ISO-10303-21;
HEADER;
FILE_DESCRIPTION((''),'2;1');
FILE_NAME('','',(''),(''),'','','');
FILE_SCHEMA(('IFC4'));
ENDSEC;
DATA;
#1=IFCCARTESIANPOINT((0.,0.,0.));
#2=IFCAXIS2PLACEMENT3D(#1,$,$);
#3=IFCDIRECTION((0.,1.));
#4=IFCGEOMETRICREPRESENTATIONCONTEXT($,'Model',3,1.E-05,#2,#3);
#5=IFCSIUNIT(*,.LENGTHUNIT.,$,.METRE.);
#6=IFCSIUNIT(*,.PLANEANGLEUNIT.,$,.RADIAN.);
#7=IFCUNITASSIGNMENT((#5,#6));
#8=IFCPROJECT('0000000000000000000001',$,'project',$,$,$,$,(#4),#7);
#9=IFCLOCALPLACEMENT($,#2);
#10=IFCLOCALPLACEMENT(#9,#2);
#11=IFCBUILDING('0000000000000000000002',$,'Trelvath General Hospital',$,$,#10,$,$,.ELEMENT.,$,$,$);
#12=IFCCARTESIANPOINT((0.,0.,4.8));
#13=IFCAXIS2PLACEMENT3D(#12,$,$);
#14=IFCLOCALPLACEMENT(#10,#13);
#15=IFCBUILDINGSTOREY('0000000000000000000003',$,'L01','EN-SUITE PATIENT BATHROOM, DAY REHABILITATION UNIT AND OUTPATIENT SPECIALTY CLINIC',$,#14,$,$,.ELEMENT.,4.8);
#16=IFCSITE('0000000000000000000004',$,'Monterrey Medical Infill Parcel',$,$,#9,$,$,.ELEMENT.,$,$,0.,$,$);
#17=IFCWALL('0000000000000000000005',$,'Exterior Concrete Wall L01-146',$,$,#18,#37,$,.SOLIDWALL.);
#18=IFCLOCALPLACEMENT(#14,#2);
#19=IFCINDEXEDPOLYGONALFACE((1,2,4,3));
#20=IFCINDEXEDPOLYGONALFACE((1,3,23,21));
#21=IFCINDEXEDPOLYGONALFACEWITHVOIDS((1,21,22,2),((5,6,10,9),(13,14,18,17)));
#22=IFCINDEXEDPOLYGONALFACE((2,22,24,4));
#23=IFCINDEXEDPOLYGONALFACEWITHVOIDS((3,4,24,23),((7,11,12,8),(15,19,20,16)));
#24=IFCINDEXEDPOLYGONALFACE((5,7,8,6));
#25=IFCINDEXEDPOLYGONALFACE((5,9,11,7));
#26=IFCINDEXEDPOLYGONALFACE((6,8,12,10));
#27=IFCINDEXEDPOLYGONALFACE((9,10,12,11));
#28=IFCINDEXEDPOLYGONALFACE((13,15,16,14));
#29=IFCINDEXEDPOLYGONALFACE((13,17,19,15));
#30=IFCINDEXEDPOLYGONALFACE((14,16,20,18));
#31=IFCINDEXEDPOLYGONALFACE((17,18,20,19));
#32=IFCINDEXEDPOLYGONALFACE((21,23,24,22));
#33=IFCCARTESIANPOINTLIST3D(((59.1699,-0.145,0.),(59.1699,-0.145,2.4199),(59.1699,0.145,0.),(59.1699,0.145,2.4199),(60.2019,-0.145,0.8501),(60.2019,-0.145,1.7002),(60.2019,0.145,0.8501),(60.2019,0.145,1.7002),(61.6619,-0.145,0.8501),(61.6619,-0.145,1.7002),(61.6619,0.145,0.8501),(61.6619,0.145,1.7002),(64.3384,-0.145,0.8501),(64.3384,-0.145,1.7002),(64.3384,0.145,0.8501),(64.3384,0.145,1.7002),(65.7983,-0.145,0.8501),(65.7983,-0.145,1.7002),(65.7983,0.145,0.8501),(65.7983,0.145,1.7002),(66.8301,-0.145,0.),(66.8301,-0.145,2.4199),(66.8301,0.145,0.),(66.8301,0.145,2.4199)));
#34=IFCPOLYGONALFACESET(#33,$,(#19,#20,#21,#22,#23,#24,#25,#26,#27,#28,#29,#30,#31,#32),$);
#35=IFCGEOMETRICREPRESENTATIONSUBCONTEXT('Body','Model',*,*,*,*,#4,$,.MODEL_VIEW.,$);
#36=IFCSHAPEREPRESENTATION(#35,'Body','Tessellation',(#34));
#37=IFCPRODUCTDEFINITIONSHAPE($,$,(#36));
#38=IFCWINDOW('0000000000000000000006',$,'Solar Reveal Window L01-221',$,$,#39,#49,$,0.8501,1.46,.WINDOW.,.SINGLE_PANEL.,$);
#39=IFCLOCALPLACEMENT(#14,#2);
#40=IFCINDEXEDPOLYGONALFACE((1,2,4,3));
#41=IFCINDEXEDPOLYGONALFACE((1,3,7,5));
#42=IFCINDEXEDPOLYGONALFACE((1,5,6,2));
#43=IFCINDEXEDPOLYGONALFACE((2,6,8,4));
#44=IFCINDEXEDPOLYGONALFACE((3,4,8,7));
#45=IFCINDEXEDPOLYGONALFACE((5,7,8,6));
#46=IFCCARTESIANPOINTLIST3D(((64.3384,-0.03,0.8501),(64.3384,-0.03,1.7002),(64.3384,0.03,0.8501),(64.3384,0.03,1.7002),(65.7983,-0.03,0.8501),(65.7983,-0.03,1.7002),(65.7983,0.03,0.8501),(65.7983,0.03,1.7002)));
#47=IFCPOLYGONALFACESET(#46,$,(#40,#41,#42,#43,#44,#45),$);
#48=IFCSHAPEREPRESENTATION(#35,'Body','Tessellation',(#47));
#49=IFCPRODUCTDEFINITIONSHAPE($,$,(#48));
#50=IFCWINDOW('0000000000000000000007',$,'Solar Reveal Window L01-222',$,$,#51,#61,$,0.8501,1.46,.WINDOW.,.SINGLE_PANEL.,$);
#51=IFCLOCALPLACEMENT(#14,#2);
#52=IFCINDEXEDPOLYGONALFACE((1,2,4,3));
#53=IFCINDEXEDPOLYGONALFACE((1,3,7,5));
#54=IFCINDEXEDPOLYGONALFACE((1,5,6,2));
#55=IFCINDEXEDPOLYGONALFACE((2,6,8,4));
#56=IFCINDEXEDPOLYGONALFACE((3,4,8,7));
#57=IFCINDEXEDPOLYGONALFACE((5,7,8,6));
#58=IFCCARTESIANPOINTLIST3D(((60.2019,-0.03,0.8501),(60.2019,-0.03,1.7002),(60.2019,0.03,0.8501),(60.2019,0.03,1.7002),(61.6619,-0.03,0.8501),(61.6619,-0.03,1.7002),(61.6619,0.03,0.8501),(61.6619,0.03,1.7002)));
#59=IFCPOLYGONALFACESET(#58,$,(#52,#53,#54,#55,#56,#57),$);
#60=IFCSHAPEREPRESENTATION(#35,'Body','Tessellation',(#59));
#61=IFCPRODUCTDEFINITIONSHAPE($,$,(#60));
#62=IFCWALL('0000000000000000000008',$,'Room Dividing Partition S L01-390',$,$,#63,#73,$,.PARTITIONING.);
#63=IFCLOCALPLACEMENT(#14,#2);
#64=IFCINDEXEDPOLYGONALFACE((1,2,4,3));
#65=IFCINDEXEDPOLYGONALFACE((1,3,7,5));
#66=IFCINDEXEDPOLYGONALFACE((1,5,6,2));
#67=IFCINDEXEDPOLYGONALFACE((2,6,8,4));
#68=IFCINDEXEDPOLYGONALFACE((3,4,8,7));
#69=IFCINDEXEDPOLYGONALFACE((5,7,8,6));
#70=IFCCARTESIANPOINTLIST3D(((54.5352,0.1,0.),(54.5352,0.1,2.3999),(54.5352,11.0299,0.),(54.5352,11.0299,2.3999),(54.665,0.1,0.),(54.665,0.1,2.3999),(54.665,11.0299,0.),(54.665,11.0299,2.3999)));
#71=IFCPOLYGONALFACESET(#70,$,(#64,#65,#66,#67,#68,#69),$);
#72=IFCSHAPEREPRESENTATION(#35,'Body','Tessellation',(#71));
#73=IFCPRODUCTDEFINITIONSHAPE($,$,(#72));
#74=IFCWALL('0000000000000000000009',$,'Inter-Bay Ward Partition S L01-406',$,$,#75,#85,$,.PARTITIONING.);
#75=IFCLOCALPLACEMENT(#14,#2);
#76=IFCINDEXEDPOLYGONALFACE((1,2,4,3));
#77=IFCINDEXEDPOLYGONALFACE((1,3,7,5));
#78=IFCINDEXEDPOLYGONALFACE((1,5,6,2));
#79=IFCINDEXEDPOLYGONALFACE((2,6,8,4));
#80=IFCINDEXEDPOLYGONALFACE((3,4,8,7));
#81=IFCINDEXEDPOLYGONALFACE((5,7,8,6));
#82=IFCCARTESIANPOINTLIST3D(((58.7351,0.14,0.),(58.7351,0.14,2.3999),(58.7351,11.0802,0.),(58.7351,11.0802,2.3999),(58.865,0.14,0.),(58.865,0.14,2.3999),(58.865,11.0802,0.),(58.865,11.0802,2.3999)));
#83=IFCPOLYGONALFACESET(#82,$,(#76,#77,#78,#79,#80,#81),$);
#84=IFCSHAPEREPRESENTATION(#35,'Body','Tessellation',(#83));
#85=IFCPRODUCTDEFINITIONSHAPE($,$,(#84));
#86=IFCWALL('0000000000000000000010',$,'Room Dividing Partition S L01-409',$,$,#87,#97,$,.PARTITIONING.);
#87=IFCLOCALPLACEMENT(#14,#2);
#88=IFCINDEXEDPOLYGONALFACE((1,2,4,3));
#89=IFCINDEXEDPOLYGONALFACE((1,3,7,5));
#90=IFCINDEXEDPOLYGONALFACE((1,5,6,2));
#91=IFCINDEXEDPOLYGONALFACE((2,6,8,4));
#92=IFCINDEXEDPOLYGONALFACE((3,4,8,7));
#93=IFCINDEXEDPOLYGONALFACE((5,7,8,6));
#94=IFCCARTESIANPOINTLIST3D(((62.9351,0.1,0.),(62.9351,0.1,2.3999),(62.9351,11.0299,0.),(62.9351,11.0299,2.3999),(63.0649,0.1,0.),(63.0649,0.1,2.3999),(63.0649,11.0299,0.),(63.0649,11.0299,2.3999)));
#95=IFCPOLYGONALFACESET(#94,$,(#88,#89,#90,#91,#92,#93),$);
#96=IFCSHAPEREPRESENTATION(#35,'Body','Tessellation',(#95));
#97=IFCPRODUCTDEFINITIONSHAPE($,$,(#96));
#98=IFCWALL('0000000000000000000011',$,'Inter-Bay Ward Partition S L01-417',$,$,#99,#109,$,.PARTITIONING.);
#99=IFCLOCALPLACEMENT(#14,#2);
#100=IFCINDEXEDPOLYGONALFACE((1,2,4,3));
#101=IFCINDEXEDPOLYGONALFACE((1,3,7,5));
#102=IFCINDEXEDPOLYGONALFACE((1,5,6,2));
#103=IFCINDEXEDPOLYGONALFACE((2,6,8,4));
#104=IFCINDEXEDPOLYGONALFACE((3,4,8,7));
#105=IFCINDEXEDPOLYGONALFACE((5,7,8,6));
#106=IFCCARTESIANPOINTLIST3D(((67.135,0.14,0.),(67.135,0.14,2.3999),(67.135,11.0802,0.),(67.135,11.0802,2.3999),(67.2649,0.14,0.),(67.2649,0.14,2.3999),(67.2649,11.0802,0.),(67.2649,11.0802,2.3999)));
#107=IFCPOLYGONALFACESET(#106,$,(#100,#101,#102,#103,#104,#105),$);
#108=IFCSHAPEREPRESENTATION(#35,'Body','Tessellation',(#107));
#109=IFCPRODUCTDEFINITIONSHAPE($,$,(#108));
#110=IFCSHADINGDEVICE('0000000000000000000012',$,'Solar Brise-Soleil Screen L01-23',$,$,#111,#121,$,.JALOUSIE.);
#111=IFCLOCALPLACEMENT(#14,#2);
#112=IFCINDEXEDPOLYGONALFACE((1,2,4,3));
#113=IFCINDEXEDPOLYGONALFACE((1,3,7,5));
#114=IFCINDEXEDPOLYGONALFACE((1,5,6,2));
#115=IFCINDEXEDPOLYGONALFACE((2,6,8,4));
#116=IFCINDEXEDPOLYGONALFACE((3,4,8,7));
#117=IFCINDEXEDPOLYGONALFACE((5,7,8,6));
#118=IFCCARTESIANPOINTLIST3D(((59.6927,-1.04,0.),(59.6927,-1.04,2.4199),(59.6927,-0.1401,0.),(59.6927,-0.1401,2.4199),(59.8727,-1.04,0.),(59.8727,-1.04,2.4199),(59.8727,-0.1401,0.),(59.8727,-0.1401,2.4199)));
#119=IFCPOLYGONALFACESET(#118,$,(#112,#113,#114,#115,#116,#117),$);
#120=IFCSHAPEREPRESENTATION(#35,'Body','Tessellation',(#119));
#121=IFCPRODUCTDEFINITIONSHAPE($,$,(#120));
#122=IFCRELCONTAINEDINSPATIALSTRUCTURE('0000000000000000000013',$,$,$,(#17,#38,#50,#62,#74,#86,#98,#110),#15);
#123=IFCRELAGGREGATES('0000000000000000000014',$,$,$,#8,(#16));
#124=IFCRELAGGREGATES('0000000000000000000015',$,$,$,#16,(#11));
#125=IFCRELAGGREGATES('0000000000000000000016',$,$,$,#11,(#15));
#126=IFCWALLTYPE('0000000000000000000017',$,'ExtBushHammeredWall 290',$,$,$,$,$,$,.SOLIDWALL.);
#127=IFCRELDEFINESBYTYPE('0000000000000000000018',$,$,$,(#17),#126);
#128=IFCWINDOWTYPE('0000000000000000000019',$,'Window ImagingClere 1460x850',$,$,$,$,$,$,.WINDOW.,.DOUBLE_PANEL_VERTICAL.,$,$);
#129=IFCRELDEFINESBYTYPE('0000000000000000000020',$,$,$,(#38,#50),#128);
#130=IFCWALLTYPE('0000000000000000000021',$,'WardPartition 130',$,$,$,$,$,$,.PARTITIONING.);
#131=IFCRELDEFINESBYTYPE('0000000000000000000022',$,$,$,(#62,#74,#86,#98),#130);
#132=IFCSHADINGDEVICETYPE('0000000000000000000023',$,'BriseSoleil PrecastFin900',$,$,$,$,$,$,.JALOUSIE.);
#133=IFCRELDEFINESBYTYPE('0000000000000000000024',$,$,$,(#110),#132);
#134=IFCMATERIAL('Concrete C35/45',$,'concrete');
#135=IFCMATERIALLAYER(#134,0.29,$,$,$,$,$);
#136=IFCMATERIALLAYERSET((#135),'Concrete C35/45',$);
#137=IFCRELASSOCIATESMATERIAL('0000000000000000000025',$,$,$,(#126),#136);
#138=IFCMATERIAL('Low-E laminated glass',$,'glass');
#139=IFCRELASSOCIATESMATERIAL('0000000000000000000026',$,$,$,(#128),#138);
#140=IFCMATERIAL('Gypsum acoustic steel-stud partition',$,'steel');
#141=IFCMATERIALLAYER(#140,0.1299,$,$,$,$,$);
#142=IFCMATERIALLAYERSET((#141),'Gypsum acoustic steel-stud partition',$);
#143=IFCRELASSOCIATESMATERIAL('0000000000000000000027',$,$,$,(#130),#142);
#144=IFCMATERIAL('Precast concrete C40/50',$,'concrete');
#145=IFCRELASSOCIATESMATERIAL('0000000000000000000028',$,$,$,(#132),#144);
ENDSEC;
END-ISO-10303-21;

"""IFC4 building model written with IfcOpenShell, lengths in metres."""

from ifc_helpers import new_model, si_unit, direction, frame, frame_2d, origin, origin_2d, place, context, subcontext, project, spatial, rectangle, extrude, material, layer, layer_set, type_object, element, fill, save


model = new_model("IFC4")

# Units and contexts
model_context = context("Model", 3, precision=1e-05, world=origin(), true_north=direction((0.0, 1.0)))
body_context = subcontext(model_context, "Body", "Model", "MODEL_VIEW")
ifc_project = project(units=[si_unit("LENGTHUNIT", "METRE"), si_unit("PLANEANGLEUNIT", "RADIAN")], contexts=[model_context])

# Site, building, storey
site_placement = place(None, origin())
site = spatial("IfcSite", under=ifc_project, at=site_placement, Name="Monterrey Medical Infill Parcel", CompositionType="ELEMENT", RefElevation=0.0)
building_placement = place(site_placement, origin())
building = spatial("IfcBuilding", under=site, at=building_placement, Name="Trelvath General Hospital", CompositionType="ELEMENT")
storey_placement = place(building_placement, frame((0.0, 0.0, 4.8)))
storey = spatial("IfcBuildingStorey", under=building, at=storey_placement, Name="L01", Description="EN-SUITE PATIENT BATHROOM, DAY REHABILITATION UNIT AND OUTPATIENT SPECIALTY CLINIC", CompositionType="ELEMENT", Elevation=4.8)

# Wall, openings, windows
ifc_material_1 = material(Name="Concrete C35/45", Category="concrete")
ifc_layer_1 = layer(ifc_material_1, 0.29)
ifc_layer_set_1 = layer_set([ifc_layer_1], Name="Concrete C35/45")
wall_type_1 = type_object("IfcWallType", Name="ExtBushHammeredWall 290", PredefinedType="SOLIDWALL", material=ifc_layer_set_1)
wall_1_placement = place(storey_placement, frame((66.8301, 0.0, 0.0), z_axis=(0.0, 0.0, 1.0), x_axis=(-1.0, 0.0, 0.0)))
wall_1 = element("IfcWall", 1, at=wall_1_placement, inside=storey, type_object=wall_type_1, Name="Exterior Concrete Wall L01-146", PredefinedType="SOLIDWALL", context=body_context, shape_type="SweptSolid", body=[
    extrude(rectangle(XDim=7.6602, YDim=0.29, at=frame_2d((3.8301, 0.0))), origin(), (0.0, 0.0, 1.0), 2.4199),
])
opening_1_placement = place(wall_1_placement, frame((1.0317, 0.0, 0.8501)))
opening_1 = element("IfcOpeningElement", 2, at=opening_1_placement, cuts=wall_1, PredefinedType="OPENING", context=body_context, shape_type="SweptSolid", body=[
    extrude(rectangle(XDim=1.46, YDim=0.8501, at=frame_2d((0.73, 0.425))), frame((0.0, 0.155, 0.0), z_axis=(0.0, -1.0, 0.0), x_axis=(1.0, 0.0, 0.0)), (0.0, 0.0, 1.0), 0.3101),
])
opening_2_placement = place(wall_1_placement, frame((5.1682, 0.0, 0.8501)))
opening_2 = element("IfcOpeningElement", 3, at=opening_2_placement, cuts=wall_1, PredefinedType="OPENING", context=body_context, shape_type="SweptSolid", body=[
    extrude(rectangle(XDim=1.46, YDim=0.8501, at=frame_2d((0.73, 0.425))), frame((0.0, 0.155, 0.0), z_axis=(0.0, -1.0, 0.0), x_axis=(1.0, 0.0, 0.0)), (0.0, 0.0, 1.0), 0.3101),
])
ifc_material_2 = material(Name="Low-E laminated glass", Category="glass")
window_type_1 = type_object("IfcWindowType", Name="Window ImagingClere 1460x850", PartitioningType="DOUBLE_PANEL_VERTICAL", PredefinedType="WINDOW", material=ifc_material_2)
window_1_placement = place(opening_1_placement, origin())
window_1 = element("IfcWindow", 4, at=window_1_placement, inside=storey, type_object=window_type_1, Name="Solar Reveal Window L01-221", OverallHeight=0.8501, OverallWidth=1.46, PartitioningType="SINGLE_PANEL", PredefinedType="WINDOW", context=body_context, shape_type="SweptSolid", body=[
    extrude(rectangle(XDim=1.46, YDim=0.8501, at=frame_2d((0.73, 0.425))), frame((0.0, 0.03, 0.0), z_axis=(0.0, -1.0, 0.0), x_axis=(1.0, 0.0, 0.0)), (0.0, 0.0, 1.0), 0.0601),
])
fill(opening_1, window_1)
window_2_placement = place(opening_2_placement, origin())
window_2 = element("IfcWindow", 5, at=window_2_placement, inside=storey, type_object=window_type_1, Name="Solar Reveal Window L01-222", OverallHeight=0.8501, OverallWidth=1.46, PartitioningType="SINGLE_PANEL", PredefinedType="WINDOW", context=body_context, shape_type="SweptSolid", body=[
    extrude(rectangle(XDim=1.46, YDim=0.8501, at=frame_2d((0.73, 0.425))), frame((0.0, 0.03, 0.0), z_axis=(0.0, -1.0, 0.0), x_axis=(1.0, 0.0, 0.0)), (0.0, 0.0, 1.0), 0.0601),
])
fill(opening_2, window_2)

# Walls
ifc_material_3 = material(Name="Gypsum acoustic steel-stud partition", Category="steel")
ifc_layer_2 = layer(ifc_material_3, 0.1299)
ifc_layer_set_2 = layer_set([ifc_layer_2], Name="Gypsum acoustic steel-stud partition")
wall_type_2 = type_object("IfcWallType", Name="WardPartition 130", PredefinedType="PARTITIONING", material=ifc_layer_set_2)
wall_2_placement = place(storey_placement, frame((54.6001, 0.1001, 0.0), z_axis=(0.0, 0.0, 1.0), x_axis=(0.0, 1.0, 0.0)))
element("IfcWall", 6, at=wall_2_placement, inside=storey, type_object=wall_type_2, Name="Room Dividing Partition S L01-390", PredefinedType="PARTITIONING", context=body_context, shape_type="SweptSolid", body=[
    extrude(rectangle(XDim=10.9299, YDim=0.1299, at=frame_2d((5.4648, 0.0))), origin(), (0.0, 0.0, 1.0), 2.3999),
])
wall_3_placement = place(storey_placement, frame((58.8, 0.1399, 0.0), z_axis=(0.0, 0.0, 1.0), x_axis=(0.0, 1.0, 0.0)))
element("IfcWall", 7, at=wall_3_placement, inside=storey, type_object=wall_type_2, Name="Inter-Bay Ward Partition S L01-406", PredefinedType="PARTITIONING", context=body_context, shape_type="SweptSolid", body=[
    extrude(rectangle(XDim=10.9402, YDim=0.1299, at=frame_2d((5.4702, 0.0))), origin(), (0.0, 0.0, 1.0), 2.3999),
])
wall_4_placement = place(storey_placement, frame((63.0, 0.1001, 0.0), z_axis=(0.0, 0.0, 1.0), x_axis=(0.0, 1.0, 0.0)))
element("IfcWall", 8, at=wall_4_placement, inside=storey, type_object=wall_type_2, Name="Room Dividing Partition S L01-409", PredefinedType="PARTITIONING", context=body_context, shape_type="SweptSolid", body=[
    extrude(rectangle(XDim=10.9299, YDim=0.1299, at=frame_2d((5.4648, 0.0))), origin(), (0.0, 0.0, 1.0), 2.3999),
])
wall_5_placement = place(storey_placement, frame((67.2, 0.1399, 0.0), z_axis=(0.0, 0.0, 1.0), x_axis=(0.0, 1.0, 0.0)))
element("IfcWall", 9, at=wall_5_placement, inside=storey, type_object=wall_type_2, Name="Inter-Bay Ward Partition S L01-417", PredefinedType="PARTITIONING", context=body_context, shape_type="SweptSolid", body=[
    extrude(rectangle(XDim=10.9402, YDim=0.1299, at=frame_2d((5.4702, 0.0))), origin(), (0.0, 0.0, 1.0), 2.3999),
])

# Shading device
ifc_material_4 = material(Name="Precast concrete C40/50", Category="concrete")
shading_device_type = type_object("IfcShadingDeviceType", Name="BriseSoleil PrecastFin900", PredefinedType="JALOUSIE", material=ifc_material_4)
shading_device_placement = place(storey_placement, frame((59.7827, -0.5901, 0.0), z_axis=(0.0, 0.0, 1.0), x_axis=(0.0, -1.0, 0.0)))
element("IfcShadingDevice", 10, at=shading_device_placement, inside=storey, type_object=shading_device_type, Name="Solar Brise-Soleil Screen L01-23", PredefinedType="JALOUSIE", context=body_context, shape_type="SweptSolid", body=[
    extrude(rectangle(XDim=0.8999, YDim=0.1799, at=origin_2d()), origin(), (0.0, 0.0, 1.0), 2.4199),
])

save(model, "model.ifc")
